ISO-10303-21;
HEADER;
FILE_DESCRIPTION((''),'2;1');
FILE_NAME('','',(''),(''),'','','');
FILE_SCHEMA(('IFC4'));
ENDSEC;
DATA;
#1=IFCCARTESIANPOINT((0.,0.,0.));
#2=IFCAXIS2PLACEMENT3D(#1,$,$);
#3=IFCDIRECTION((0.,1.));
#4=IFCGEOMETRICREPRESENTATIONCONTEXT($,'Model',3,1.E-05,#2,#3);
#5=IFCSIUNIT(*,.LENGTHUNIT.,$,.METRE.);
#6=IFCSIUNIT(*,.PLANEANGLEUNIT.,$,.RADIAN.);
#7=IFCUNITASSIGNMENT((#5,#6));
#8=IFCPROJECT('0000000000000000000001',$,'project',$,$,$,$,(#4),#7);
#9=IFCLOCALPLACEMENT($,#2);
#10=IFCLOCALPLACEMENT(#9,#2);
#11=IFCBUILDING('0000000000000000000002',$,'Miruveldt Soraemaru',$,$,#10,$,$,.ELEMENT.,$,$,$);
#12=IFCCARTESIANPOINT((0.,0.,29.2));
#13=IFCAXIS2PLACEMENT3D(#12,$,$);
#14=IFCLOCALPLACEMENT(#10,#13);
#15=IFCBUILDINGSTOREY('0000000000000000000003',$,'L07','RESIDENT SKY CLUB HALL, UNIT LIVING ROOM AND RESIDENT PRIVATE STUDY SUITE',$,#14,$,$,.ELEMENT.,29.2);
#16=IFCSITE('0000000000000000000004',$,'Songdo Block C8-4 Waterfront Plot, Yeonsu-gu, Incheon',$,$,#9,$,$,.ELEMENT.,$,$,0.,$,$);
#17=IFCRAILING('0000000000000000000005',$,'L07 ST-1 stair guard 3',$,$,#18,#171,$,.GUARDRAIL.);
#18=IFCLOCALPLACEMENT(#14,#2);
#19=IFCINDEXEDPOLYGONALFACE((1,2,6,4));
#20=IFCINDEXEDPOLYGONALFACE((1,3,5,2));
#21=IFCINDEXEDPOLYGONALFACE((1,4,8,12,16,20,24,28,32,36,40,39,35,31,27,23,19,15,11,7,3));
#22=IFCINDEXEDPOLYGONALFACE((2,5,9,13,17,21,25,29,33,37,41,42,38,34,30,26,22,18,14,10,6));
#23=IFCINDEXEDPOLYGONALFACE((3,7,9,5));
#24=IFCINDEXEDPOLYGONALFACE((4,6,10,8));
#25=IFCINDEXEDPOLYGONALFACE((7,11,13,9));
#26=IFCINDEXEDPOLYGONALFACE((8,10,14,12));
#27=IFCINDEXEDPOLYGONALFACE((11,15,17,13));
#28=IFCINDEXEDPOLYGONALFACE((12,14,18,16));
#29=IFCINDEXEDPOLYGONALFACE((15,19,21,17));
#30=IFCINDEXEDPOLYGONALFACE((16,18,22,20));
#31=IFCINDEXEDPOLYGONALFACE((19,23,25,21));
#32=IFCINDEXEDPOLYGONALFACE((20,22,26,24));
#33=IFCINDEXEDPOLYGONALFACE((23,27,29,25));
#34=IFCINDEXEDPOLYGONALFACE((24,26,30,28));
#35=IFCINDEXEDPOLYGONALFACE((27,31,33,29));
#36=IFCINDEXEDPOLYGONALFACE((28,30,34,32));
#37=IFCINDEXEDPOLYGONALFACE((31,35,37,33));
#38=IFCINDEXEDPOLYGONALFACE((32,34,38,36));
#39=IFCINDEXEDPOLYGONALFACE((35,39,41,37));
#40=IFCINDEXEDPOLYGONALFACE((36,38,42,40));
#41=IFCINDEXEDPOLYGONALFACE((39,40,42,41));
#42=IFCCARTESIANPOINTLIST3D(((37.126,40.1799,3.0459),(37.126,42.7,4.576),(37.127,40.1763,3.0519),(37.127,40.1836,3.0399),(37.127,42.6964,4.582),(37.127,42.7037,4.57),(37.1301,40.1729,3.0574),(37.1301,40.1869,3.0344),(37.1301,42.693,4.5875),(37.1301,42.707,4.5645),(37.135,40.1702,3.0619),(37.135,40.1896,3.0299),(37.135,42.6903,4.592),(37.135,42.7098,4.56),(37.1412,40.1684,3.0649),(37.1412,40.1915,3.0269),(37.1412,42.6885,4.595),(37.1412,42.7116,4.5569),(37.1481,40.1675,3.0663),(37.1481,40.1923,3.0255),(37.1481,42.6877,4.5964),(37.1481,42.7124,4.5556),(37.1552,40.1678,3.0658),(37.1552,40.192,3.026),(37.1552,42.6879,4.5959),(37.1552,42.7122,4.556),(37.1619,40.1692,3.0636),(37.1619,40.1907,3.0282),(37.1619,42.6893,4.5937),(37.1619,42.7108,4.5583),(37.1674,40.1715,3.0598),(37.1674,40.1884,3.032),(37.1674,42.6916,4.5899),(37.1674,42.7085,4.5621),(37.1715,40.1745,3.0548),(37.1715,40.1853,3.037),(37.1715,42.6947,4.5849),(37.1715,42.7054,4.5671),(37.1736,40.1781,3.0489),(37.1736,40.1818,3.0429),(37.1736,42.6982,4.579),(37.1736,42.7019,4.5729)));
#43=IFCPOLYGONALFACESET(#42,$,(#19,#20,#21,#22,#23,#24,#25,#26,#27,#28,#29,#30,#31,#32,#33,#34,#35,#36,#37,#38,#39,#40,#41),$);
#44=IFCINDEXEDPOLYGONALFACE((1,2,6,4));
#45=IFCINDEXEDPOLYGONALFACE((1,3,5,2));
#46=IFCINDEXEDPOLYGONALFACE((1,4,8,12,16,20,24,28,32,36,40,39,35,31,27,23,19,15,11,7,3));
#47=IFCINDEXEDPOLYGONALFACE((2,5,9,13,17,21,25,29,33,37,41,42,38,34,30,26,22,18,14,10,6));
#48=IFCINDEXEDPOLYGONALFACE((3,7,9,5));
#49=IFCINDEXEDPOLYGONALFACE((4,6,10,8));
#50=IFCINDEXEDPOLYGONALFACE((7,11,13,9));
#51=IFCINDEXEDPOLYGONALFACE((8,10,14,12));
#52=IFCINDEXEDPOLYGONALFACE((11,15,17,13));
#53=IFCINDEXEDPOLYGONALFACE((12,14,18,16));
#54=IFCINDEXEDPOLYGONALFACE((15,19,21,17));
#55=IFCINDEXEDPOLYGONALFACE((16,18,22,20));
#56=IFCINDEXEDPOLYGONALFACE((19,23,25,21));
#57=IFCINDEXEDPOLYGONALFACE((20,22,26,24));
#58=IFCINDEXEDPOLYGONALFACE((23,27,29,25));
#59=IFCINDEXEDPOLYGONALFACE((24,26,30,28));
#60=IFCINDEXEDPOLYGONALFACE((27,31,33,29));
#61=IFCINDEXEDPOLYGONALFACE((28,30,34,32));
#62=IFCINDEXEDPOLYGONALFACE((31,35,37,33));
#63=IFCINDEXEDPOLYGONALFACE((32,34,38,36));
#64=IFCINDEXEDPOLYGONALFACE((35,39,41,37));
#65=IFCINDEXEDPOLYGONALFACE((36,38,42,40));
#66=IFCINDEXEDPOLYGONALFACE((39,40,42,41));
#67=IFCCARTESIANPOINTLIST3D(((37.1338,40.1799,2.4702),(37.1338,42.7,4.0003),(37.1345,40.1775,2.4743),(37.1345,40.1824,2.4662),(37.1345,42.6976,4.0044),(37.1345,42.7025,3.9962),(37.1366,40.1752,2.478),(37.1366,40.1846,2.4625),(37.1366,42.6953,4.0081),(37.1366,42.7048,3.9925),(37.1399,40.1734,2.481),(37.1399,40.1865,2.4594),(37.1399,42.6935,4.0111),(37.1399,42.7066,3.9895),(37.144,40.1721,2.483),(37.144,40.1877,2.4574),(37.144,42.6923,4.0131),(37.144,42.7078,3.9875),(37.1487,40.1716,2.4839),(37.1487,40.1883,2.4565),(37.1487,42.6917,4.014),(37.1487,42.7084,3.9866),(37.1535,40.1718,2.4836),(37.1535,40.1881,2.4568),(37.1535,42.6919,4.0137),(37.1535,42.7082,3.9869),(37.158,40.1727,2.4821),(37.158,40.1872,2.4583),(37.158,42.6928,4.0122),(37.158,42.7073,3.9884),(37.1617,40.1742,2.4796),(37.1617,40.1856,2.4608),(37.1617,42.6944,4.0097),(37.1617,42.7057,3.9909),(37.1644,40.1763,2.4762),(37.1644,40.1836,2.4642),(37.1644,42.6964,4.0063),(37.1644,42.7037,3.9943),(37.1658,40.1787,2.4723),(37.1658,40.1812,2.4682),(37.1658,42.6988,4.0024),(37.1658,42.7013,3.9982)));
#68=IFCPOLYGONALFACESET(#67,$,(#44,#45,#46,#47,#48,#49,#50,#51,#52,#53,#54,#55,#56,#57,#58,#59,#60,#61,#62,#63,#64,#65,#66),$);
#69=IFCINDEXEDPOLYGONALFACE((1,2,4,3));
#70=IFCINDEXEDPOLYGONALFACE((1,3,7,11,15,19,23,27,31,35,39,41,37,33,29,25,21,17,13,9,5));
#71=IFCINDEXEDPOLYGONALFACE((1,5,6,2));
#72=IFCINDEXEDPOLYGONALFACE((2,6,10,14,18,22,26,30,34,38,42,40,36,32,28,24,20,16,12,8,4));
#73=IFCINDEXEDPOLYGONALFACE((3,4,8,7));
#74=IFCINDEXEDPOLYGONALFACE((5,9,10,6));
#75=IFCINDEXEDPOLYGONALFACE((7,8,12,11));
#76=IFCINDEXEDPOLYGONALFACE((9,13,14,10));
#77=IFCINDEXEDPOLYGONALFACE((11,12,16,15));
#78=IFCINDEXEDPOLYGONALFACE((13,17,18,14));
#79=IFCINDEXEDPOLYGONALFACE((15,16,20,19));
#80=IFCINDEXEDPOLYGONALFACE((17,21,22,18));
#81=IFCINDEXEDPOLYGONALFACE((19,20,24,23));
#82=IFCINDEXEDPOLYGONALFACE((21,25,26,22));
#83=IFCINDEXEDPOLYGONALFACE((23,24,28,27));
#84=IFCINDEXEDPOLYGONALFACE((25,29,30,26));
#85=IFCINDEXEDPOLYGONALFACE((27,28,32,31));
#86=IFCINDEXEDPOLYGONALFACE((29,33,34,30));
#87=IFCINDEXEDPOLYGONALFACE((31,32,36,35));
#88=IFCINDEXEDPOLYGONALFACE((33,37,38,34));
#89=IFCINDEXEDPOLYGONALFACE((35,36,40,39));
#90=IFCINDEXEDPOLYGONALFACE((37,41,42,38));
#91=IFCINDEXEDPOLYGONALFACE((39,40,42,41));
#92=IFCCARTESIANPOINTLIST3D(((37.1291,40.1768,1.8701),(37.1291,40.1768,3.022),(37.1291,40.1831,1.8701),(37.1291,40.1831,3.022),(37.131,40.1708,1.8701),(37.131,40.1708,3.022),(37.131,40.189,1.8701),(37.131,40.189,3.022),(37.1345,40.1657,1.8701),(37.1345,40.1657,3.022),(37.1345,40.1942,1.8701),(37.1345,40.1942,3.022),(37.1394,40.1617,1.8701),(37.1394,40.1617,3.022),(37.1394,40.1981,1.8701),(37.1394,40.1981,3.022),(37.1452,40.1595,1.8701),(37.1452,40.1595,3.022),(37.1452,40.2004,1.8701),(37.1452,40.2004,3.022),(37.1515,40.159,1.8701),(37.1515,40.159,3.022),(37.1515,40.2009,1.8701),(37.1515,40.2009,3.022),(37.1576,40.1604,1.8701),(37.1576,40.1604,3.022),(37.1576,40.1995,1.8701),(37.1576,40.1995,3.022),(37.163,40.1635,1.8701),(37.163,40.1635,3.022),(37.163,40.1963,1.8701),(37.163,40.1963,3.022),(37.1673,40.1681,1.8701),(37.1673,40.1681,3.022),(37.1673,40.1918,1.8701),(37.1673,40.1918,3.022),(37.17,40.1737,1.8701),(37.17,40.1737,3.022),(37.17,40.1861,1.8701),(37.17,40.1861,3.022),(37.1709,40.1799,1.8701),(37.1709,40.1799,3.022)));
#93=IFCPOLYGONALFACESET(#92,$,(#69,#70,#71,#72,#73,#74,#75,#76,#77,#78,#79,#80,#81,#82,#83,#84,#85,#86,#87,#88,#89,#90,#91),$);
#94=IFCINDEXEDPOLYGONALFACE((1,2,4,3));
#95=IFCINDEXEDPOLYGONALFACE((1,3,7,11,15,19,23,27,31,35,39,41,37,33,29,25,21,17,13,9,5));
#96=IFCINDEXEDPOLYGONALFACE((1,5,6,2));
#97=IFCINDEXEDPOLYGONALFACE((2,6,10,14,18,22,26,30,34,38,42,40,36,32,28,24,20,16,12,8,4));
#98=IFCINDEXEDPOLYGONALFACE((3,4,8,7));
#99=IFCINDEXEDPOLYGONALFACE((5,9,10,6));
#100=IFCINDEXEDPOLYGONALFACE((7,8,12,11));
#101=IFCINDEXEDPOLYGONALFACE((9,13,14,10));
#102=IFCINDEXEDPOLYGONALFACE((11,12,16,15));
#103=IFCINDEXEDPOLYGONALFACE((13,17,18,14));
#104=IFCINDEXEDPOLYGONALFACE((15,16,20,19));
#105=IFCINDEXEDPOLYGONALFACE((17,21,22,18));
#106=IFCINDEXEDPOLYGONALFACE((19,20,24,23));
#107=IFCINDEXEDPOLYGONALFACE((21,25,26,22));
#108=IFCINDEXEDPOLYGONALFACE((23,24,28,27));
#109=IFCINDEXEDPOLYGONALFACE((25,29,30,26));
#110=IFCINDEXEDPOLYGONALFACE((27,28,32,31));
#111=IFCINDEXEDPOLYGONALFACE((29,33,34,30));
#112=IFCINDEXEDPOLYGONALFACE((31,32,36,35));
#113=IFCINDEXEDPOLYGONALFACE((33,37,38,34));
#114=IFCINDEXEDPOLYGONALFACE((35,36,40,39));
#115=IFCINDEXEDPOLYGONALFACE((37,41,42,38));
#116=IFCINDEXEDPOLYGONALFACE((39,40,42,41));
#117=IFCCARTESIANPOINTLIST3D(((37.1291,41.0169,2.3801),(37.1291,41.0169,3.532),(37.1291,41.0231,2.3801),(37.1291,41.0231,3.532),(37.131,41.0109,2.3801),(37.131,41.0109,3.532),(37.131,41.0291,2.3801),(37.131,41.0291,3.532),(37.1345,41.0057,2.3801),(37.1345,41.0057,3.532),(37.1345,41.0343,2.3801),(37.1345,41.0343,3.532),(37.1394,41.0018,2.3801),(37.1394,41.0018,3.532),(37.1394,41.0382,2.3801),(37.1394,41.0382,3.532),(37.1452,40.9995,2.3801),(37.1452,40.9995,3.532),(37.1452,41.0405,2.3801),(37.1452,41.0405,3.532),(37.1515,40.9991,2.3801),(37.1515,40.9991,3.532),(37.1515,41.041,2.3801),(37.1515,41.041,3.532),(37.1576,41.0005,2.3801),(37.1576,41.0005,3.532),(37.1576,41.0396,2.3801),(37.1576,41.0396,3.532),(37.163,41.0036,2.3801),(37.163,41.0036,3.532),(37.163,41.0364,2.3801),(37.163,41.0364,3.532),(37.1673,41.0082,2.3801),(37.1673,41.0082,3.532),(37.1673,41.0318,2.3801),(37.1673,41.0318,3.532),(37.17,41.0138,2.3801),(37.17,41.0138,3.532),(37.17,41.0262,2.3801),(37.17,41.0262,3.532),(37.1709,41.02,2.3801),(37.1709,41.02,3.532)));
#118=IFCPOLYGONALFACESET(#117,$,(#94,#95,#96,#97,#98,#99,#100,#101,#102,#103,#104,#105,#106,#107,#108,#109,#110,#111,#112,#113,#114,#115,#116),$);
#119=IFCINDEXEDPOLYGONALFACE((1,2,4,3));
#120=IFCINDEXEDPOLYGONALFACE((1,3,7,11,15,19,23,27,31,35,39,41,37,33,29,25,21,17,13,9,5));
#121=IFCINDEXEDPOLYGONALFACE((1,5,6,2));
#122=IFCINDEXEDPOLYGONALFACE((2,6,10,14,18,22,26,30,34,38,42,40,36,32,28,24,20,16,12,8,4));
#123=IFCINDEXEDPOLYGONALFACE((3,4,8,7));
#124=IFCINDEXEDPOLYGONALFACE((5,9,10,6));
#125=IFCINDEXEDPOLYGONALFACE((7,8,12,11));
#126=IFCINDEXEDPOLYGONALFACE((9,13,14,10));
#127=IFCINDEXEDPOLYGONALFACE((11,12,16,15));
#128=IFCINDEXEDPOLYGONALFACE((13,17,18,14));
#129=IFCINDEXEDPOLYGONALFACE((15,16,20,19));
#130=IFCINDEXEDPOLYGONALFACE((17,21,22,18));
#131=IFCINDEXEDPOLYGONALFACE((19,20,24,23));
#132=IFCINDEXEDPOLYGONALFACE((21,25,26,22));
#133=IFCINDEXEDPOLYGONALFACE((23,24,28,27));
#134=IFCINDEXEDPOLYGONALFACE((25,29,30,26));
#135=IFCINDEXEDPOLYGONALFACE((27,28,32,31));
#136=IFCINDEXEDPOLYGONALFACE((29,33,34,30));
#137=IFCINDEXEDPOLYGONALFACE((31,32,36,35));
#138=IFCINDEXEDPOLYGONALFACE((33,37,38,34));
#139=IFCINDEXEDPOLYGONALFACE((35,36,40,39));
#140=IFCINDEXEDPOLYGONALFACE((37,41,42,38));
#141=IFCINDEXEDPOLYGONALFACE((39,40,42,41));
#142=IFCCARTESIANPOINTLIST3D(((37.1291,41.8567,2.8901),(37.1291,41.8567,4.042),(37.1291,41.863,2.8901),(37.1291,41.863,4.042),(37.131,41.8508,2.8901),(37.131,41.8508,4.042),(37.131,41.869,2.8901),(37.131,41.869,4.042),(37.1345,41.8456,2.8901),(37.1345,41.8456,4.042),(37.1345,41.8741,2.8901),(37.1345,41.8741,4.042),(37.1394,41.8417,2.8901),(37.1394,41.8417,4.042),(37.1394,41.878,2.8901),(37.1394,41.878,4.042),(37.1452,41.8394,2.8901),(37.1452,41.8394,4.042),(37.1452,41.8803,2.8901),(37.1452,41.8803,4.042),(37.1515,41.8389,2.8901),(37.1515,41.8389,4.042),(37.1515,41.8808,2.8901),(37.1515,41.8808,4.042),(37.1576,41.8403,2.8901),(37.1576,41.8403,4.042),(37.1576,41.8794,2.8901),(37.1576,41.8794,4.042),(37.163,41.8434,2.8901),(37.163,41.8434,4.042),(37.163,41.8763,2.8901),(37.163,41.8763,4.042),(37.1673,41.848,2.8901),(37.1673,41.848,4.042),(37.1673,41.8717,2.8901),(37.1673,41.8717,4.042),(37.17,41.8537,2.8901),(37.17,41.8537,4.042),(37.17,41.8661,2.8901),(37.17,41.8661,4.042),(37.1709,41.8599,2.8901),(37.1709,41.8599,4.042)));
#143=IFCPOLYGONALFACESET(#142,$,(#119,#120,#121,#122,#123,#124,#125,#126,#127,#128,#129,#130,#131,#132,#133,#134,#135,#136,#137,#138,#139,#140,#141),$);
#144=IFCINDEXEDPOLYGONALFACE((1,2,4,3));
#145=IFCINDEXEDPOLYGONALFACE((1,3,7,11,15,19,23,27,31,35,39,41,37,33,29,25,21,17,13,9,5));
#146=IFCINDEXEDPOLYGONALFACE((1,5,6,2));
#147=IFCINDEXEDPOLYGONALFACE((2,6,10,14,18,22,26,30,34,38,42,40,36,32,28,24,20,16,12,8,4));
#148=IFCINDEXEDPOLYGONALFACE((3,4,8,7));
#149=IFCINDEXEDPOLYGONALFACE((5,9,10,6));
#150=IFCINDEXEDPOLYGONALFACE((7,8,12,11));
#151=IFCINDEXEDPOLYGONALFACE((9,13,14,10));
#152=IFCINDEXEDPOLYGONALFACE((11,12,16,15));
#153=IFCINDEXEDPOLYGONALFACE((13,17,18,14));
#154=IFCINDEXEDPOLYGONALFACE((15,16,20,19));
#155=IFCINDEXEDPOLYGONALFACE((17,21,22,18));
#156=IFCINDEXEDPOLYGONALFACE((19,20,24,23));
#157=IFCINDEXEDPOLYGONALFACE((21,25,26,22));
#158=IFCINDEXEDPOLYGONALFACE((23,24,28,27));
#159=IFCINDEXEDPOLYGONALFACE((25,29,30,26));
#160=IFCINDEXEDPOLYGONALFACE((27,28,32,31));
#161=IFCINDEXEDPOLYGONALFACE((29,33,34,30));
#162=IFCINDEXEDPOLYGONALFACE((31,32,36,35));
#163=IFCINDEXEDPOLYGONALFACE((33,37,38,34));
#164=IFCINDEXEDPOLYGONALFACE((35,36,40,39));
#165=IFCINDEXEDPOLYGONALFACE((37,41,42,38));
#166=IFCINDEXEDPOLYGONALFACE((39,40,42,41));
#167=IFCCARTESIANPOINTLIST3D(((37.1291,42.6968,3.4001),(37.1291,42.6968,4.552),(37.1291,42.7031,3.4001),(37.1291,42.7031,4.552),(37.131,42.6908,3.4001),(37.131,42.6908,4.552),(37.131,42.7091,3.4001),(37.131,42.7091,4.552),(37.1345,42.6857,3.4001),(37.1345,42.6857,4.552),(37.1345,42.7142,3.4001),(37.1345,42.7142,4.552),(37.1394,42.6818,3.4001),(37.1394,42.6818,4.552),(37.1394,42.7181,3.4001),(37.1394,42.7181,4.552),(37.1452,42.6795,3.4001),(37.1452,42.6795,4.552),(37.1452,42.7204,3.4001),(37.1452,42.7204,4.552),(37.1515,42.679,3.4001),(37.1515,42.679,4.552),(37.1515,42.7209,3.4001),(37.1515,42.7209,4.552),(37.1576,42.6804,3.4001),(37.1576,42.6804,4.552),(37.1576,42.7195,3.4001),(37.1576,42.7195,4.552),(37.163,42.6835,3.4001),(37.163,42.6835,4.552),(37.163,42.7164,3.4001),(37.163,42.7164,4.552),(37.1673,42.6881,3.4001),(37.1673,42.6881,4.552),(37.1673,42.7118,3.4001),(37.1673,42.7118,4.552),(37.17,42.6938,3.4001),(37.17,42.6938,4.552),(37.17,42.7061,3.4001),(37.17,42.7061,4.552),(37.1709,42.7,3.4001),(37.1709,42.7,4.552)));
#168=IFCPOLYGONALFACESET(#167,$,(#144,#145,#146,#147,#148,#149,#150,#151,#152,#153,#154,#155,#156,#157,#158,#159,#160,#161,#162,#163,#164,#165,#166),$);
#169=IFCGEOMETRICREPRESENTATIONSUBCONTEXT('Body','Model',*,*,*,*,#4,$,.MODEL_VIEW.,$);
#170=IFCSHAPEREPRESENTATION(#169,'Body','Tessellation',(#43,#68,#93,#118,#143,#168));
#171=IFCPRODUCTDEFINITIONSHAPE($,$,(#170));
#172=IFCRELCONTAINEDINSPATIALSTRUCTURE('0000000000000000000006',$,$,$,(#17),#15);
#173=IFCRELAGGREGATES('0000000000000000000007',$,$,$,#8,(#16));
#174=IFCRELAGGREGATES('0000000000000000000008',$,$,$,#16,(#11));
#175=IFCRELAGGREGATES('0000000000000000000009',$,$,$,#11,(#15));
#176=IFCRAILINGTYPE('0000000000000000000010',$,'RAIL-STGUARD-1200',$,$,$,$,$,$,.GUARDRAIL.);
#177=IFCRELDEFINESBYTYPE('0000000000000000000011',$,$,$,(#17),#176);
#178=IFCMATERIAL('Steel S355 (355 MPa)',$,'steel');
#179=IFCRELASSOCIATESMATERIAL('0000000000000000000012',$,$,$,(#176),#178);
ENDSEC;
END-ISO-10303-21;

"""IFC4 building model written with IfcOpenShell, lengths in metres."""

from ifc_helpers import new_model, si_unit, direction, frame, origin, origin_2d, place, context, subcontext, project, spatial, circle, extrude, material, type_object, element, save


model = new_model("IFC4")

# Units and contexts
model_context = context("Model", 3, precision=1e-05, world=origin(), true_north=direction((0.0, 1.0)))
body_context = subcontext(model_context, "Body", "Model", "MODEL_VIEW")
ifc_project = project(units=[si_unit("LENGTHUNIT", "METRE"), si_unit("PLANEANGLEUNIT", "RADIAN")], contexts=[model_context])

# Site, building, storey
site_placement = place(None, origin())
site = spatial("IfcSite", under=ifc_project, at=site_placement, Name="Songdo Block C8-4 Waterfront Plot, Yeonsu-gu, Incheon", CompositionType="ELEMENT", RefElevation=0.0)
building_placement = place(site_placement, origin())
building = spatial("IfcBuilding", under=site, at=building_placement, Name="Miruveldt Soraemaru", CompositionType="ELEMENT")
storey_placement = place(building_placement, frame((0.0, 0.0, 29.2)))
storey = spatial("IfcBuildingStorey", under=building, at=storey_placement, Name="L07", Description="RESIDENT SKY CLUB HALL, UNIT LIVING ROOM AND RESIDENT PRIVATE STUDY SUITE", CompositionType="ELEMENT", Elevation=29.2)

# Railing
ifc_material_1 = material(Name="Steel S355 (355 MPa)", Category="steel")
railing_type_1 = type_object("IfcRailingType", Name="RAIL-STGUARD-1200", PredefinedType="GUARDRAIL", material=ifc_material_1)
railing_1_placement = place(storey_placement, frame((37.1499, 40.1799, 1.8701)))
element("IfcRailing", 1, at=railing_1_placement, inside=storey, type_object=railing_type_1, Name="L07 ST-1 stair guard 3", PredefinedType="GUARDRAIL", context=body_context, shape_type="SweptSolid", body=[
    extrude(circle(Radius=0.0239, at=origin_2d()), frame((0.0, 0.0, 1.1758), z_axis=(0.0, 0.854785, 0.518982), x_axis=(-1.0, 0.0, 0.0)), (0.0, 0.0, 1.0), 2.9482),
    extrude(circle(Radius=0.0161, at=origin_2d()), frame((0.0, 0.0, 0.6001), z_axis=(0.0, 0.854785, 0.518982), x_axis=(-1.0, 0.0, 0.0)), (0.0, 0.0, 1.0), 2.9482),
    extrude(circle(Radius=0.021, at=origin_2d()), origin(), (0.0, 0.0, 1.0), 1.1519),
    extrude(circle(Radius=0.021, at=origin_2d()), frame((0.0, 0.8401, 0.51)), (0.0, 0.0, 1.0), 1.1519),
    extrude(circle(Radius=0.021, at=origin_2d()), frame((0.0, 1.6799, 1.02)), (0.0, 0.0, 1.0), 1.1519),
    extrude(circle(Radius=0.021, at=origin_2d()), frame((0.0, 2.52, 1.53)), (0.0, 0.0, 1.0), 1.1519),
])

save(model, "model.ifc")
